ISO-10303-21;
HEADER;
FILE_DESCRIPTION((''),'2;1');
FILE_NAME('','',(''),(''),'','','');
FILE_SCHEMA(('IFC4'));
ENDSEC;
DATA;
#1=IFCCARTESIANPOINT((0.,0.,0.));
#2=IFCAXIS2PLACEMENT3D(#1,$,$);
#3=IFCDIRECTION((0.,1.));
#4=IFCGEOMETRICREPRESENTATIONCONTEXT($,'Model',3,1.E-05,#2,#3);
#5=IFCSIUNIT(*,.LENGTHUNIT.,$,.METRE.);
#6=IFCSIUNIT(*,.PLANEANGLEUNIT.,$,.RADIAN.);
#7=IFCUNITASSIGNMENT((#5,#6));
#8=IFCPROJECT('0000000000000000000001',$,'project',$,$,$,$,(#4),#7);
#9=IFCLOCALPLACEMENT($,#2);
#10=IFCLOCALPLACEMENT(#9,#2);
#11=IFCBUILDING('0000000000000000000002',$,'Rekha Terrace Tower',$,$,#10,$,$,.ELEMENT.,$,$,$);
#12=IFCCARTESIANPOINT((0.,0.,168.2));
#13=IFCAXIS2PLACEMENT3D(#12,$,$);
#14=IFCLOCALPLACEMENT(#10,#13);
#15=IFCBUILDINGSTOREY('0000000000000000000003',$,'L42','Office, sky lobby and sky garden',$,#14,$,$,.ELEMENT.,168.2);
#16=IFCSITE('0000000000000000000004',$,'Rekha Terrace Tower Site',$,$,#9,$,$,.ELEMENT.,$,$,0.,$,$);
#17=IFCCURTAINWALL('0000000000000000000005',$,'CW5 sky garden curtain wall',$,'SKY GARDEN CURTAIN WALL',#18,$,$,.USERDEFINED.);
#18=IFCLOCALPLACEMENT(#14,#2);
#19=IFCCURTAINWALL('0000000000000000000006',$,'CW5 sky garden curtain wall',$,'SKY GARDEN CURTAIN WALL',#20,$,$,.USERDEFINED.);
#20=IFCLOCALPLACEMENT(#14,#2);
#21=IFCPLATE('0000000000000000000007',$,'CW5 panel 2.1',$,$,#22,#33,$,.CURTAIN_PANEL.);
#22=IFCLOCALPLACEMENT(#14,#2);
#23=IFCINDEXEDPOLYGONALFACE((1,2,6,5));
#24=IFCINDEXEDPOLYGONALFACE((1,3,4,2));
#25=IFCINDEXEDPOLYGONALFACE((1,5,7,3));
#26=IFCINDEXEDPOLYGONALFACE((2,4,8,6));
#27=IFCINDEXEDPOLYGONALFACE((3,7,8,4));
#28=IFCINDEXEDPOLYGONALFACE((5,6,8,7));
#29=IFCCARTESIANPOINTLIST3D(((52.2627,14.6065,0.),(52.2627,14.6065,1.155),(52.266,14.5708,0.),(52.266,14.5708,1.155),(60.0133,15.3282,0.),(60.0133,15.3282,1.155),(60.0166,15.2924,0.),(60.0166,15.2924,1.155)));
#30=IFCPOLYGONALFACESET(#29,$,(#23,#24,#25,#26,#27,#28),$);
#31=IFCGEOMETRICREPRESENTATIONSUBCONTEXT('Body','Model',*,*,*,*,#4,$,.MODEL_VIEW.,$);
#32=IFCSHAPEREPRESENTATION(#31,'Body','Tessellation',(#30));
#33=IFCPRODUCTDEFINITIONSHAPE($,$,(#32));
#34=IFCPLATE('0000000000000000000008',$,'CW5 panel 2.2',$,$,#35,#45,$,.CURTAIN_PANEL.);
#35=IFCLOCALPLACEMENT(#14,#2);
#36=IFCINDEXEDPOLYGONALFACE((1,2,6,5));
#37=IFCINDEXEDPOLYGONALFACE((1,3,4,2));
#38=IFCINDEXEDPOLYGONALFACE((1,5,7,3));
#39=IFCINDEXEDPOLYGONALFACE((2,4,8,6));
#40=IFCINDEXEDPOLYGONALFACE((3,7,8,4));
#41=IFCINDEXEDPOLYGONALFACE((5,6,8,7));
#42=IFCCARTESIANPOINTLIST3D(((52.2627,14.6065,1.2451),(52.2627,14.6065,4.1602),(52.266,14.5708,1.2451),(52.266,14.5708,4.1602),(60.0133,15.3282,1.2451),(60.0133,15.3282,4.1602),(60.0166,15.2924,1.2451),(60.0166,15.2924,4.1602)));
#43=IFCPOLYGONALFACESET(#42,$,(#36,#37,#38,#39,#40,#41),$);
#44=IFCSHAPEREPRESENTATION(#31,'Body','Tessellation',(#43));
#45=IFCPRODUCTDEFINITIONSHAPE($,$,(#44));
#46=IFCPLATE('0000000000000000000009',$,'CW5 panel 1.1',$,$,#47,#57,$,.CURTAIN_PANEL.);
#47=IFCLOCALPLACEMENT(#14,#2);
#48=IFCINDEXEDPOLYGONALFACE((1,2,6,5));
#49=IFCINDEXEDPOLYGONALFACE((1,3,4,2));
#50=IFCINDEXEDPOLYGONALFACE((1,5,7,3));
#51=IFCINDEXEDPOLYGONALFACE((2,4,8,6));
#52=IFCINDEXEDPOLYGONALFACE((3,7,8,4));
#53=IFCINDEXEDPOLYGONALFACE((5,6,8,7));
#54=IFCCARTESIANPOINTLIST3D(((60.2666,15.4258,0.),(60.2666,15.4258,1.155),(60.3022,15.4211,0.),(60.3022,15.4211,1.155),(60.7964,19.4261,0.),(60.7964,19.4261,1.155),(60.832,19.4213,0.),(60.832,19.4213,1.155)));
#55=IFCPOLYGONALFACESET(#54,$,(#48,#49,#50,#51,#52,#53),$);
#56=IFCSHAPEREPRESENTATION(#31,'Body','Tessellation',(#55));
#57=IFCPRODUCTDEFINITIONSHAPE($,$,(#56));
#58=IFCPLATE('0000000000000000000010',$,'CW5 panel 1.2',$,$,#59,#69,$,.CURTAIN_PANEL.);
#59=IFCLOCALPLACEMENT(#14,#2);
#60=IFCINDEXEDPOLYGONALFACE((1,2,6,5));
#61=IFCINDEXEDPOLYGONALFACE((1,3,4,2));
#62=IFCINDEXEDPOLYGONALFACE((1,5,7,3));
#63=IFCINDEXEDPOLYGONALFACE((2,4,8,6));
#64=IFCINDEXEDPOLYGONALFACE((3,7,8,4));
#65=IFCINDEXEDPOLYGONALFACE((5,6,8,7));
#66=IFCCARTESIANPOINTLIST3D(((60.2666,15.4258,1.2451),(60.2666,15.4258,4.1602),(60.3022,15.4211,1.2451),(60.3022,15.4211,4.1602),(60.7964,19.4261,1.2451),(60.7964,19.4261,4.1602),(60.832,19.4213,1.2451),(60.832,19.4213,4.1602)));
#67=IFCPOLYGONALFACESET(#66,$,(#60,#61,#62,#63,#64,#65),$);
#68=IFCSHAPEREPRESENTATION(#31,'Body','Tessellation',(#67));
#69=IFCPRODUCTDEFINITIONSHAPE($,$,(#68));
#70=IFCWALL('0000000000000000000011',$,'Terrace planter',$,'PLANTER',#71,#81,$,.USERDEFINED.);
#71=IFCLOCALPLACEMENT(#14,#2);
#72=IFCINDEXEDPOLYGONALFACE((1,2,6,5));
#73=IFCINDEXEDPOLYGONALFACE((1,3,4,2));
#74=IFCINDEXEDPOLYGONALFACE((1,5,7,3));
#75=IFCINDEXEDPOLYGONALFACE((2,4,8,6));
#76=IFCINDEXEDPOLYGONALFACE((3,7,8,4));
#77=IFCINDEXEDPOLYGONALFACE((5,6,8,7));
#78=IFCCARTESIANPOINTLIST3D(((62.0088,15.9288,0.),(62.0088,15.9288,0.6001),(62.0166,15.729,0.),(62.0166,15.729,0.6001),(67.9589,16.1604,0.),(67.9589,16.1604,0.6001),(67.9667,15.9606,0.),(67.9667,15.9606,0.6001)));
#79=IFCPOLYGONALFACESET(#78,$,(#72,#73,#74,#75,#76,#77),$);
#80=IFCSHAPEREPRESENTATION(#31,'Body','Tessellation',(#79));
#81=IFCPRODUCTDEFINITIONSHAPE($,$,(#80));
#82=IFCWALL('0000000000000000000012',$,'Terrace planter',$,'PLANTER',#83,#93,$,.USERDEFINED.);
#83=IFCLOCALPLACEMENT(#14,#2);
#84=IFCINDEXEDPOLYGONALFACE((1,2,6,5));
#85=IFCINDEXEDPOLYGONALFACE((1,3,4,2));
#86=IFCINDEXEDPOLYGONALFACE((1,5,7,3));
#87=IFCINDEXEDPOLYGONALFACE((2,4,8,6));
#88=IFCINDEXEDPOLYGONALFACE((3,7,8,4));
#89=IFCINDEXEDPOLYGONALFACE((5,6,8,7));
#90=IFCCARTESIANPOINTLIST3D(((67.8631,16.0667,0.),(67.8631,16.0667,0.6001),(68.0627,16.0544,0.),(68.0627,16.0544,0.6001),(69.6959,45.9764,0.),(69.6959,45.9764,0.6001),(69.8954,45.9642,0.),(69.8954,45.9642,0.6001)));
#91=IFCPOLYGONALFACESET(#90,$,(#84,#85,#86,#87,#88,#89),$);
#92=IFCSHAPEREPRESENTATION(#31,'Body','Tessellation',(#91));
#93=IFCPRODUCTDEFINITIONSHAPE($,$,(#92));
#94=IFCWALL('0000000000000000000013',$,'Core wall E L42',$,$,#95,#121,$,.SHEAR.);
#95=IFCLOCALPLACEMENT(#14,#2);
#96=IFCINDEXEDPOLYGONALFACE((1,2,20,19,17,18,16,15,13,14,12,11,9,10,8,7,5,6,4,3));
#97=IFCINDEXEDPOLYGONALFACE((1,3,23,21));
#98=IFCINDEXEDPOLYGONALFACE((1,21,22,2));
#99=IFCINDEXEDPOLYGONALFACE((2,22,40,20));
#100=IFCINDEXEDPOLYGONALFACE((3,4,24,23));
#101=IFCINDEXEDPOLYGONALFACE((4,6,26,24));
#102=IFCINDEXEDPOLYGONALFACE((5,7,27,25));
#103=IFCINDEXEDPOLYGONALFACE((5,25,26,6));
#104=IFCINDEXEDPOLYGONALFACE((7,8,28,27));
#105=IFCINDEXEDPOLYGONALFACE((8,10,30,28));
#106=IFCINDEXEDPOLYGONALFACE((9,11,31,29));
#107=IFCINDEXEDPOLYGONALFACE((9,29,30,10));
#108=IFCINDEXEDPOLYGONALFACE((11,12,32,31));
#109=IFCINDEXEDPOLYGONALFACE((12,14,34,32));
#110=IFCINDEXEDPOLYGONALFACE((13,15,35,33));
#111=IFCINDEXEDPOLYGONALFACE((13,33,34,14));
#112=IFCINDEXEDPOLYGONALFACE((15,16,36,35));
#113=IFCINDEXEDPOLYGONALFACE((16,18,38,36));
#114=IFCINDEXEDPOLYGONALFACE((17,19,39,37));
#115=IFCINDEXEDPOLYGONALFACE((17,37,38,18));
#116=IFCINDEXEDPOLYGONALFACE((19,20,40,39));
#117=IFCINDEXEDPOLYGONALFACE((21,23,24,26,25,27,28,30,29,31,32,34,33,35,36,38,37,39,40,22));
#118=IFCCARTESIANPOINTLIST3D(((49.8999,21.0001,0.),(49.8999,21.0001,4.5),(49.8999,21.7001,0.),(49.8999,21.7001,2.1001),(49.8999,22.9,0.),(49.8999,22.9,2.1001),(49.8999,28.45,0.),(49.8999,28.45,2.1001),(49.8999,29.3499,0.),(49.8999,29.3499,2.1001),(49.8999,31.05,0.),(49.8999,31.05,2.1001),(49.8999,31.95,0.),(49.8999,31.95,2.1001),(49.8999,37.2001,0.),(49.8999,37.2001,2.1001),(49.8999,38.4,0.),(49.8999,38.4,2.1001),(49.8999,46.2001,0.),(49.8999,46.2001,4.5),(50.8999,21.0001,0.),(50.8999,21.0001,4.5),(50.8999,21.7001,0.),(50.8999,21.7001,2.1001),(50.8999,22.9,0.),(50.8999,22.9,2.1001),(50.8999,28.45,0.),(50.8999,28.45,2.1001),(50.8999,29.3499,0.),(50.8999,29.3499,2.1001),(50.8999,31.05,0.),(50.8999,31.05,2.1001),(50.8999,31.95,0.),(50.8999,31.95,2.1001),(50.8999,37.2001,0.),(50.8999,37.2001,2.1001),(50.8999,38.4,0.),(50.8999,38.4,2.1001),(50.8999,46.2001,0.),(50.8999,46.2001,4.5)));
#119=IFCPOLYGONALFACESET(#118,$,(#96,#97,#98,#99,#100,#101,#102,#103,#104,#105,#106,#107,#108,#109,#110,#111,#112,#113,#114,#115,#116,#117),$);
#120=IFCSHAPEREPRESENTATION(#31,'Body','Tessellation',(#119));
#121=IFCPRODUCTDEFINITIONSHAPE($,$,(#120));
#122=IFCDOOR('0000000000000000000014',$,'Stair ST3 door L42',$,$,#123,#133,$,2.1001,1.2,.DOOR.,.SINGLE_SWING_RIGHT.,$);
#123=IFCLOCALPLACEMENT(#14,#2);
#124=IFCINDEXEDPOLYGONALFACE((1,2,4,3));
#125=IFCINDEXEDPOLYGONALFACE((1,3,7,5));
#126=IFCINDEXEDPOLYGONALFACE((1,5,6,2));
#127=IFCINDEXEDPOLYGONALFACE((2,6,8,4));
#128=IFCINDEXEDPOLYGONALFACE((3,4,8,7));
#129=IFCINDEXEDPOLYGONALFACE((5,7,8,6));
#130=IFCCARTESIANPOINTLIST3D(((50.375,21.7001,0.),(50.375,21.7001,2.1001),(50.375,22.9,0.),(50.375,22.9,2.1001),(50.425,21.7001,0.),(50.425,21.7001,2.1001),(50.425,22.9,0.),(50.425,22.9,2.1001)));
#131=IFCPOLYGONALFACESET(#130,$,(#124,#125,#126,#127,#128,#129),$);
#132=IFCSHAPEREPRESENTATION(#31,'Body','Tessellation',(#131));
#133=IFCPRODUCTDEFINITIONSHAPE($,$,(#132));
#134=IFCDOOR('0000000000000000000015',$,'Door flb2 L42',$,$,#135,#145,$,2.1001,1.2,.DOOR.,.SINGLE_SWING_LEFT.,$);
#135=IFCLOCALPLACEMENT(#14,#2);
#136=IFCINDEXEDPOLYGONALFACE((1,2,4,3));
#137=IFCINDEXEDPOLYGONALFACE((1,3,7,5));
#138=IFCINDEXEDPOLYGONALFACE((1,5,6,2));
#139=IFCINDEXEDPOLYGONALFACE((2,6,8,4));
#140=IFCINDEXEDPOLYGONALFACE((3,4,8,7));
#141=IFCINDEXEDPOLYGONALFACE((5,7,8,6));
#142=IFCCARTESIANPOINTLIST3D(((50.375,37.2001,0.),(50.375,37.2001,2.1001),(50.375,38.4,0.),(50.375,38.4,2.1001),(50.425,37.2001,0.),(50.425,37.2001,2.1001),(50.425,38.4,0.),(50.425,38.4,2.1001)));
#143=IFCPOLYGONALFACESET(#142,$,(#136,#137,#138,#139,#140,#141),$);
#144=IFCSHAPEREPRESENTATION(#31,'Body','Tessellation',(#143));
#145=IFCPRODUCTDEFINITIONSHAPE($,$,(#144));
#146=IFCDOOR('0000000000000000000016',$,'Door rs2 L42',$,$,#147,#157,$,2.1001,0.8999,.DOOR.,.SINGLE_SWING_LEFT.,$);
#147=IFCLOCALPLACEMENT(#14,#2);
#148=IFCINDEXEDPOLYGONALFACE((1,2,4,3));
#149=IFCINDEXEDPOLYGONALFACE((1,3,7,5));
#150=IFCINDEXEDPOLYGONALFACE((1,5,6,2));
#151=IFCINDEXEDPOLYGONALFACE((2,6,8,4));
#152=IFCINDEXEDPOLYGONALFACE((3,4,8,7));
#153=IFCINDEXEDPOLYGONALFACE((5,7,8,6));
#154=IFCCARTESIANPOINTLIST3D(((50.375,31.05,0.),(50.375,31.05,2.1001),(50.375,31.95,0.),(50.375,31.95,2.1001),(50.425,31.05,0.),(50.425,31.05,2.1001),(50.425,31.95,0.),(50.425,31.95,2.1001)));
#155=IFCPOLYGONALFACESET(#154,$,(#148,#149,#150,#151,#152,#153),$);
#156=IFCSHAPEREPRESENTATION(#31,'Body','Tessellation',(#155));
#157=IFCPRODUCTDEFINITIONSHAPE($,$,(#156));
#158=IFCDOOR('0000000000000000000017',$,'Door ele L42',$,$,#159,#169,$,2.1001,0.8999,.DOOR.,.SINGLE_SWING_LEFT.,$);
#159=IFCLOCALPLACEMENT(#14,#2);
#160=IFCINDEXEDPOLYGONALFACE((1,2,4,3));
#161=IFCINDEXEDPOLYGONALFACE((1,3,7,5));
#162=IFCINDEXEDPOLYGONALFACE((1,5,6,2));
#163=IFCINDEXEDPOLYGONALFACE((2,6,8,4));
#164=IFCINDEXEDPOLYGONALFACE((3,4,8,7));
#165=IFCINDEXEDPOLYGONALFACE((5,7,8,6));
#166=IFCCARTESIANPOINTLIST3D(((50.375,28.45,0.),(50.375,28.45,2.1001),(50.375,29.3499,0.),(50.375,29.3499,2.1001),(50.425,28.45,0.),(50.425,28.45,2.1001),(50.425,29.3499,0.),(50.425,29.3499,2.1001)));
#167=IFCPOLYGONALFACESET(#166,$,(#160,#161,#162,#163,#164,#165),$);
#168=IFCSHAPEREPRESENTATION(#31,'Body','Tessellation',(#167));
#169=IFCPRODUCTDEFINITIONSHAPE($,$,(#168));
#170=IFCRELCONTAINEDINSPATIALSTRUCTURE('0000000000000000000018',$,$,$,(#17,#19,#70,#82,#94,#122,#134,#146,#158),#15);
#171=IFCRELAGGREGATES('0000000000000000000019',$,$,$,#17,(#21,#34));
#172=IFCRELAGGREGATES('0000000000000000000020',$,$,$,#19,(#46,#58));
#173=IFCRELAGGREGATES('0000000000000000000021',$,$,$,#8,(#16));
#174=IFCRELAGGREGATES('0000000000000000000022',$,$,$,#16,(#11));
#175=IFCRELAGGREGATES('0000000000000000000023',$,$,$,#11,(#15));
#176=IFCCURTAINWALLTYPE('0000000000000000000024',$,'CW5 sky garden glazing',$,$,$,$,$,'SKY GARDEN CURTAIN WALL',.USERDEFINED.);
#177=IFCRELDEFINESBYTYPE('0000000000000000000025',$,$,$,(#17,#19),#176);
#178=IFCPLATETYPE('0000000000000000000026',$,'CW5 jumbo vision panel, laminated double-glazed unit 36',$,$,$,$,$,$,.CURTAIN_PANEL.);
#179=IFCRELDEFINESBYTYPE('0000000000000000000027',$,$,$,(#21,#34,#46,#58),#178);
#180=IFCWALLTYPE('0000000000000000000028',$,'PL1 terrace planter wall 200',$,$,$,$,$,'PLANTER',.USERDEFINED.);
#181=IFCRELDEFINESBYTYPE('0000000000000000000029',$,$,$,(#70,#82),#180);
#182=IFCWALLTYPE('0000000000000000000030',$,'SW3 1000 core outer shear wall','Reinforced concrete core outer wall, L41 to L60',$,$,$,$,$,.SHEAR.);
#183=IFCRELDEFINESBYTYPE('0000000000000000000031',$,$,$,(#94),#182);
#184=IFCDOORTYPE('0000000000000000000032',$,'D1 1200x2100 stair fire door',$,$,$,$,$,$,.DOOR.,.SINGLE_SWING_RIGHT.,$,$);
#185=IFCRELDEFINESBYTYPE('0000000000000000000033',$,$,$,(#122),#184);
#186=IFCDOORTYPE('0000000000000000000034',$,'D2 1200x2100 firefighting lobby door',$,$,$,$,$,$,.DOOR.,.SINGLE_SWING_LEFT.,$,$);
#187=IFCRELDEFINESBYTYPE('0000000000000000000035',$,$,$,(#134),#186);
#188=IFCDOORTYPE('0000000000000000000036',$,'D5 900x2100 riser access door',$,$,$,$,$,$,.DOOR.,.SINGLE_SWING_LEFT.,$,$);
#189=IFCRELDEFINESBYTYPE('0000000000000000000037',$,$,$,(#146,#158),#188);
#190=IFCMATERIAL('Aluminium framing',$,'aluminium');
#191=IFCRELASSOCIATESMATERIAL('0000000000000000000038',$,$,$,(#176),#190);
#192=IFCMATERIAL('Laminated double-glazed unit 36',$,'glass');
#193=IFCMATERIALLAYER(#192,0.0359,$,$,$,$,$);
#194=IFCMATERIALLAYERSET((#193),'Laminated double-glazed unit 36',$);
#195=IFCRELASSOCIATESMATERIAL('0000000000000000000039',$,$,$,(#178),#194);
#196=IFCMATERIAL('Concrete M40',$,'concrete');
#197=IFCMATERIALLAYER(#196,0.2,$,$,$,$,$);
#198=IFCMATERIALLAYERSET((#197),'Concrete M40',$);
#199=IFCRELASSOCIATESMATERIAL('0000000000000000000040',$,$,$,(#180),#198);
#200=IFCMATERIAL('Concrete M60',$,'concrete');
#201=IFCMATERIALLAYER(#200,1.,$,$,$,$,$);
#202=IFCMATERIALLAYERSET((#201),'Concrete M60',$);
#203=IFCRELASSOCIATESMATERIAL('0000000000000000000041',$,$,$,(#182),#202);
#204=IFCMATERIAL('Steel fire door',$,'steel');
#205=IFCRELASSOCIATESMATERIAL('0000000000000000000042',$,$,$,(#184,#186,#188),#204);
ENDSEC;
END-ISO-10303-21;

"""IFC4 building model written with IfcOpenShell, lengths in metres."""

from ifc_helpers import new_model, si_unit, direction, frame, frame_2d, origin, origin_2d, place, context, subcontext, project, spatial, rectangle, extrude, material, layer, layer_set, type_object, element, fill, aggregate, save


model = new_model("IFC4")

# Units and contexts
model_context = context("Model", 3, precision=1e-05, world=origin(), true_north=direction((0.0, 1.0)))
body_context = subcontext(model_context, "Body", "Model", "MODEL_VIEW")
ifc_project = project(units=[si_unit("LENGTHUNIT", "METRE"), si_unit("PLANEANGLEUNIT", "RADIAN")], contexts=[model_context])

# Site, building, storey
site_placement = place(None, origin())
site = spatial("IfcSite", under=ifc_project, at=site_placement, Name="Rekha Terrace Tower Site", CompositionType="ELEMENT", RefElevation=0.0)
building_placement = place(site_placement, origin())
building = spatial("IfcBuilding", under=site, at=building_placement, Name="Rekha Terrace Tower", CompositionType="ELEMENT")
storey_placement = place(building_placement, frame((0.0, 0.0, 168.2)))
storey = spatial("IfcBuildingStorey", under=building, at=storey_placement, Name="L42", Description="Office, sky lobby and sky garden", CompositionType="ELEMENT", Elevation=168.2)

# Curtain walls
ifc_material_1 = material(Name="Aluminium framing", Category="aluminium")
curtain_wall_type = type_object("IfcCurtainWallType", Name="CW5 sky garden glazing", ElementType="SKY GARDEN CURTAIN WALL", PredefinedType="USERDEFINED", material=ifc_material_1)
curtain_wall_1_placement = place(storey_placement, origin())
curtain_wall_1 = element("IfcCurtainWall", 1, at=curtain_wall_1_placement, inside=storey, type_object=curtain_wall_type, Name="CW5 sky garden curtain wall", ObjectType="SKY GARDEN CURTAIN WALL", PredefinedType="USERDEFINED")
curtain_wall_2_placement = place(storey_placement, origin())
curtain_wall_2 = element("IfcCurtainWall", 2, at=curtain_wall_2_placement, inside=storey, type_object=curtain_wall_type, Name="CW5 sky garden curtain wall", ObjectType="SKY GARDEN CURTAIN WALL", PredefinedType="USERDEFINED")

# Plates
ifc_material_2 = material(Name="Laminated double-glazed unit 36", Category="glass")
ifc_layer_1 = layer(ifc_material_2, 0.0359)
ifc_layer_set_1 = layer_set([ifc_layer_1], Name="Laminated double-glazed unit 36")
plate_type = type_object("IfcPlateType", Name="CW5 jumbo vision panel, laminated double-glazed unit 36", PredefinedType="CURTAIN_PANEL", material=ifc_layer_set_1)
plate_1_placement = place(storey_placement, frame((56.1396, 14.9495, 0.0), z_axis=(0.0, 0.0, 1.0), x_axis=(0.995693, 0.092709, 0.0)))
plate_1 = element("IfcPlate", 3, at=plate_1_placement, type_object=plate_type, Name="CW5 panel 2.1", PredefinedType="CURTAIN_PANEL", context=body_context, shape_type="SweptSolid", body=[
    extrude(rectangle(XDim=7.7842, YDim=0.0359, at=origin_2d()), origin(), (0.0, 0.0, 1.0), 1.155),
])
plate_2_placement = place(storey_placement, frame((56.1396, 14.9495, 1.2451), z_axis=(0.0, 0.0, 1.0), x_axis=(0.995693, 0.092709, 0.0)))
plate_2 = element("IfcPlate", 4, at=plate_2_placement, type_object=plate_type, Name="CW5 panel 2.2", PredefinedType="CURTAIN_PANEL", context=body_context, shape_type="SweptSolid", body=[
    extrude(rectangle(XDim=7.7842, YDim=0.0359, at=origin_2d()), origin(), (0.0, 0.0, 1.0), 2.915),
])
aggregate(curtain_wall_1, [plate_1, plate_2])
plate_3_placement = place(storey_placement, frame((60.5493, 17.4236, 0.0), z_axis=(0.0, 0.0, 1.0), x_axis=(0.131304, 0.991342, 0.0)))
plate_3 = element("IfcPlate", 5, at=plate_3_placement, type_object=plate_type, Name="CW5 panel 1.1", PredefinedType="CURTAIN_PANEL", context=body_context, shape_type="SweptSolid", body=[
    extrude(rectangle(XDim=4.0352, YDim=0.0359, at=origin_2d()), origin(), (0.0, 0.0, 1.0), 1.155),
])
plate_4_placement = place(storey_placement, frame((60.5493, 17.4236, 1.2451), z_axis=(0.0, 0.0, 1.0), x_axis=(0.131304, 0.991342, 0.0)))
plate_4 = element("IfcPlate", 6, at=plate_4_placement, type_object=plate_type, Name="CW5 panel 1.2", PredefinedType="CURTAIN_PANEL", context=body_context, shape_type="SweptSolid", body=[
    extrude(rectangle(XDim=4.0352, YDim=0.0359, at=origin_2d()), origin(), (0.0, 0.0, 1.0), 2.915),
])
aggregate(curtain_wall_2, [plate_3, plate_4])

# Walls
ifc_material_3 = material(Name="Concrete M40", Category="concrete")
ifc_layer_2 = layer(ifc_material_3, 0.2)
ifc_layer_set_2 = layer_set([ifc_layer_2], Name="Concrete M40")
wall_type_1 = type_object("IfcWallType", Name="PL1 terrace planter wall 200", ElementType="PLANTER", PredefinedType="USERDEFINED", material=ifc_layer_set_2)
wall_1_placement = place(storey_placement, frame((62.0127, 15.8289, 0.0), z_axis=(0.0, 0.0, 1.0), x_axis=(0.999243, 0.038909, 0.0)))
element("IfcWall", 7, at=wall_1_placement, inside=storey, type_object=wall_type_1, Name="Terrace planter", ObjectType="PLANTER", PredefinedType="USERDEFINED", context=body_context, shape_type="SweptSolid", body=[
    extrude(rectangle(XDim=5.9546, YDim=0.2, at=frame_2d((2.9773, 0.0))), origin(), (0.0, 0.0, 1.0), 0.6001),
])
wall_2_placement = place(storey_placement, frame((67.9629, 16.0605, 0.0), z_axis=(0.0, 0.0, 1.0), x_axis=(0.061162, 0.998128, 0.0)))
element("IfcWall", 8, at=wall_2_placement, inside=storey, type_object=wall_type_1, Name="Terrace planter", ObjectType="PLANTER", PredefinedType="USERDEFINED", context=body_context, shape_type="SweptSolid", body=[
    extrude(rectangle(XDim=29.9658, YDim=0.2, at=frame_2d((14.9829, 0.0))), origin(), (0.0, 0.0, 1.0), 0.6001),
])

# Wall, openings, doors
ifc_material_4 = material(Name="Concrete M60", Category="concrete")
ifc_layer_3 = layer(ifc_material_4, 1.0)
ifc_layer_set_3 = layer_set([ifc_layer_3], Name="Concrete M60")
wall_type_2 = type_object("IfcWallType", Name="SW3 1000 core outer shear wall", Description="Reinforced concrete core outer wall, L41 to L60", PredefinedType="SHEAR", material=ifc_layer_set_3)
wall_3_placement = place(storey_placement, frame((50.3999, 21.0, 0.0), z_axis=(0.0, 0.0, 1.0), x_axis=(0.0, 1.0, 0.0)))
wall_3 = element("IfcWall", 9, at=wall_3_placement, inside=storey, type_object=wall_type_2, Name="Core wall E L42", PredefinedType="SHEAR", context=body_context, shape_type="SweptSolid", body=[
    extrude(rectangle(XDim=25.2, YDim=1.0, at=frame_2d((12.6001, 0.0))), origin(), (0.0, 0.0, 1.0), 4.5),
])
opening_1_placement = place(wall_3_placement, frame((16.2, 0.0, 0.0)))
opening_1 = element("IfcOpeningElement", 10, at=opening_1_placement, cuts=wall_3, PredefinedType="OPENING", context=body_context, shape_type="SweptSolid", body=[
    extrude(rectangle(XDim=1.2, YDim=2.1001, at=frame_2d((0.6001, 1.05))), frame((0.0, 0.51, 0.0), z_axis=(0.0, -1.0, 0.0), x_axis=(1.0, 0.0, 0.0)), (0.0, 0.0, 1.0), 1.02),
])
opening_2_placement = place(wall_3_placement, frame((10.05, 0.0, 0.0)))
opening_2 = element("IfcOpeningElement", 11, at=opening_2_placement, cuts=wall_3, PredefinedType="OPENING", context=body_context, shape_type="SweptSolid", body=[
    extrude(rectangle(XDim=0.8999, YDim=2.1001, at=frame_2d((0.45, 1.05))), frame((0.0, 0.51, 0.0), z_axis=(0.0, -1.0, 0.0), x_axis=(1.0, 0.0, 0.0)), (0.0, 0.0, 1.0), 1.02),
])
opening_3_placement = place(wall_3_placement, frame((7.45, 0.0, 0.0)))
opening_3 = element("IfcOpeningElement", 12, at=opening_3_placement, cuts=wall_3, PredefinedType="OPENING", context=body_context, shape_type="SweptSolid", body=[
    extrude(rectangle(XDim=0.8999, YDim=2.1001, at=frame_2d((0.45, 1.05))), frame((0.0, 0.51, 0.0), z_axis=(0.0, -1.0, 0.0), x_axis=(1.0, 0.0, 0.0)), (0.0, 0.0, 1.0), 1.02),
])
opening_4_placement = place(wall_3_placement, frame((0.7, 0.0, 0.0)))
opening_4 = element("IfcOpeningElement", 13, at=opening_4_placement, cuts=wall_3, PredefinedType="OPENING", context=body_context, shape_type="SweptSolid", body=[
    extrude(rectangle(XDim=1.2, YDim=2.1001, at=frame_2d((0.6001, 1.05))), frame((0.0, 0.51, 0.0), z_axis=(0.0, -1.0, 0.0), x_axis=(1.0, 0.0, 0.0)), (0.0, 0.0, 1.0), 1.02),
])
ifc_material_5 = material(Name="Steel fire door", Category="steel")
door_type_1 = type_object("IfcDoorType", Name="D1 1200x2100 stair fire door", OperationType="SINGLE_SWING_RIGHT", PredefinedType="DOOR", material=ifc_material_5)
door_1_placement = place(opening_4_placement, origin())
door_1 = element("IfcDoor", 14, at=door_1_placement, inside=storey, type_object=door_type_1, Name="Stair ST3 door L42", OperationType="SINGLE_SWING_RIGHT", OverallHeight=2.1001, OverallWidth=1.2, PredefinedType="DOOR", context=body_context, shape_type="SweptSolid", body=[
    extrude(rectangle(XDim=1.2, YDim=2.1001, at=frame_2d((0.6001, 1.05))), frame((0.0, 0.0249, 0.0), z_axis=(0.0, -1.0, 0.0), x_axis=(1.0, 0.0, 0.0)), (0.0, 0.0, 1.0), 0.05),
])
fill(opening_4, door_1)
door_type_2 = type_object("IfcDoorType", Name="D2 1200x2100 firefighting lobby door", OperationType="SINGLE_SWING_LEFT", PredefinedType="DOOR", material=ifc_material_5)
door_2_placement = place(opening_1_placement, origin())
door_2 = element("IfcDoor", 15, at=door_2_placement, inside=storey, type_object=door_type_2, Name="Door flb2 L42", OperationType="SINGLE_SWING_LEFT", OverallHeight=2.1001, OverallWidth=1.2, PredefinedType="DOOR", context=body_context, shape_type="SweptSolid", body=[
    extrude(rectangle(XDim=1.2, YDim=2.1001, at=frame_2d((0.6001, 1.05))), frame((0.0, 0.0249, 0.0), z_axis=(0.0, -1.0, 0.0), x_axis=(1.0, 0.0, 0.0)), (0.0, 0.0, 1.0), 0.05),
])
fill(opening_1, door_2)
door_type_3 = type_object("IfcDoorType", Name="D5 900x2100 riser access door", OperationType="SINGLE_SWING_LEFT", PredefinedType="DOOR", material=ifc_material_5)
door_3_placement = place(opening_2_placement, origin())
door_3 = element("IfcDoor", 16, at=door_3_placement, inside=storey, type_object=door_type_3, Name="Door rs2 L42", OperationType="SINGLE_SWING_LEFT", OverallHeight=2.1001, OverallWidth=0.8999, PredefinedType="DOOR", context=body_context, shape_type="SweptSolid", body=[
    extrude(rectangle(XDim=0.8999, YDim=2.1001, at=frame_2d((0.45, 1.05))), frame((0.0, 0.0249, 0.0), z_axis=(0.0, -1.0, 0.0), x_axis=(1.0, 0.0, 0.0)), (0.0, 0.0, 1.0), 0.05),
])
fill(opening_2, door_3)
door_4_placement = place(opening_3_placement, origin())
door_4 = element("IfcDoor", 17, at=door_4_placement, inside=storey, type_object=door_type_3, Name="Door ele L42", OperationType="SINGLE_SWING_LEFT", OverallHeight=2.1001, OverallWidth=0.8999, PredefinedType="DOOR", context=body_context, shape_type="SweptSolid", body=[
    extrude(rectangle(XDim=0.8999, YDim=2.1001, at=frame_2d((0.45, 1.05))), frame((0.0, 0.0249, 0.0), z_axis=(0.0, -1.0, 0.0), x_axis=(1.0, 0.0, 0.0)), (0.0, 0.0, 1.0), 0.05),
])
fill(opening_3, door_4)

save(model, "model.ifc")
